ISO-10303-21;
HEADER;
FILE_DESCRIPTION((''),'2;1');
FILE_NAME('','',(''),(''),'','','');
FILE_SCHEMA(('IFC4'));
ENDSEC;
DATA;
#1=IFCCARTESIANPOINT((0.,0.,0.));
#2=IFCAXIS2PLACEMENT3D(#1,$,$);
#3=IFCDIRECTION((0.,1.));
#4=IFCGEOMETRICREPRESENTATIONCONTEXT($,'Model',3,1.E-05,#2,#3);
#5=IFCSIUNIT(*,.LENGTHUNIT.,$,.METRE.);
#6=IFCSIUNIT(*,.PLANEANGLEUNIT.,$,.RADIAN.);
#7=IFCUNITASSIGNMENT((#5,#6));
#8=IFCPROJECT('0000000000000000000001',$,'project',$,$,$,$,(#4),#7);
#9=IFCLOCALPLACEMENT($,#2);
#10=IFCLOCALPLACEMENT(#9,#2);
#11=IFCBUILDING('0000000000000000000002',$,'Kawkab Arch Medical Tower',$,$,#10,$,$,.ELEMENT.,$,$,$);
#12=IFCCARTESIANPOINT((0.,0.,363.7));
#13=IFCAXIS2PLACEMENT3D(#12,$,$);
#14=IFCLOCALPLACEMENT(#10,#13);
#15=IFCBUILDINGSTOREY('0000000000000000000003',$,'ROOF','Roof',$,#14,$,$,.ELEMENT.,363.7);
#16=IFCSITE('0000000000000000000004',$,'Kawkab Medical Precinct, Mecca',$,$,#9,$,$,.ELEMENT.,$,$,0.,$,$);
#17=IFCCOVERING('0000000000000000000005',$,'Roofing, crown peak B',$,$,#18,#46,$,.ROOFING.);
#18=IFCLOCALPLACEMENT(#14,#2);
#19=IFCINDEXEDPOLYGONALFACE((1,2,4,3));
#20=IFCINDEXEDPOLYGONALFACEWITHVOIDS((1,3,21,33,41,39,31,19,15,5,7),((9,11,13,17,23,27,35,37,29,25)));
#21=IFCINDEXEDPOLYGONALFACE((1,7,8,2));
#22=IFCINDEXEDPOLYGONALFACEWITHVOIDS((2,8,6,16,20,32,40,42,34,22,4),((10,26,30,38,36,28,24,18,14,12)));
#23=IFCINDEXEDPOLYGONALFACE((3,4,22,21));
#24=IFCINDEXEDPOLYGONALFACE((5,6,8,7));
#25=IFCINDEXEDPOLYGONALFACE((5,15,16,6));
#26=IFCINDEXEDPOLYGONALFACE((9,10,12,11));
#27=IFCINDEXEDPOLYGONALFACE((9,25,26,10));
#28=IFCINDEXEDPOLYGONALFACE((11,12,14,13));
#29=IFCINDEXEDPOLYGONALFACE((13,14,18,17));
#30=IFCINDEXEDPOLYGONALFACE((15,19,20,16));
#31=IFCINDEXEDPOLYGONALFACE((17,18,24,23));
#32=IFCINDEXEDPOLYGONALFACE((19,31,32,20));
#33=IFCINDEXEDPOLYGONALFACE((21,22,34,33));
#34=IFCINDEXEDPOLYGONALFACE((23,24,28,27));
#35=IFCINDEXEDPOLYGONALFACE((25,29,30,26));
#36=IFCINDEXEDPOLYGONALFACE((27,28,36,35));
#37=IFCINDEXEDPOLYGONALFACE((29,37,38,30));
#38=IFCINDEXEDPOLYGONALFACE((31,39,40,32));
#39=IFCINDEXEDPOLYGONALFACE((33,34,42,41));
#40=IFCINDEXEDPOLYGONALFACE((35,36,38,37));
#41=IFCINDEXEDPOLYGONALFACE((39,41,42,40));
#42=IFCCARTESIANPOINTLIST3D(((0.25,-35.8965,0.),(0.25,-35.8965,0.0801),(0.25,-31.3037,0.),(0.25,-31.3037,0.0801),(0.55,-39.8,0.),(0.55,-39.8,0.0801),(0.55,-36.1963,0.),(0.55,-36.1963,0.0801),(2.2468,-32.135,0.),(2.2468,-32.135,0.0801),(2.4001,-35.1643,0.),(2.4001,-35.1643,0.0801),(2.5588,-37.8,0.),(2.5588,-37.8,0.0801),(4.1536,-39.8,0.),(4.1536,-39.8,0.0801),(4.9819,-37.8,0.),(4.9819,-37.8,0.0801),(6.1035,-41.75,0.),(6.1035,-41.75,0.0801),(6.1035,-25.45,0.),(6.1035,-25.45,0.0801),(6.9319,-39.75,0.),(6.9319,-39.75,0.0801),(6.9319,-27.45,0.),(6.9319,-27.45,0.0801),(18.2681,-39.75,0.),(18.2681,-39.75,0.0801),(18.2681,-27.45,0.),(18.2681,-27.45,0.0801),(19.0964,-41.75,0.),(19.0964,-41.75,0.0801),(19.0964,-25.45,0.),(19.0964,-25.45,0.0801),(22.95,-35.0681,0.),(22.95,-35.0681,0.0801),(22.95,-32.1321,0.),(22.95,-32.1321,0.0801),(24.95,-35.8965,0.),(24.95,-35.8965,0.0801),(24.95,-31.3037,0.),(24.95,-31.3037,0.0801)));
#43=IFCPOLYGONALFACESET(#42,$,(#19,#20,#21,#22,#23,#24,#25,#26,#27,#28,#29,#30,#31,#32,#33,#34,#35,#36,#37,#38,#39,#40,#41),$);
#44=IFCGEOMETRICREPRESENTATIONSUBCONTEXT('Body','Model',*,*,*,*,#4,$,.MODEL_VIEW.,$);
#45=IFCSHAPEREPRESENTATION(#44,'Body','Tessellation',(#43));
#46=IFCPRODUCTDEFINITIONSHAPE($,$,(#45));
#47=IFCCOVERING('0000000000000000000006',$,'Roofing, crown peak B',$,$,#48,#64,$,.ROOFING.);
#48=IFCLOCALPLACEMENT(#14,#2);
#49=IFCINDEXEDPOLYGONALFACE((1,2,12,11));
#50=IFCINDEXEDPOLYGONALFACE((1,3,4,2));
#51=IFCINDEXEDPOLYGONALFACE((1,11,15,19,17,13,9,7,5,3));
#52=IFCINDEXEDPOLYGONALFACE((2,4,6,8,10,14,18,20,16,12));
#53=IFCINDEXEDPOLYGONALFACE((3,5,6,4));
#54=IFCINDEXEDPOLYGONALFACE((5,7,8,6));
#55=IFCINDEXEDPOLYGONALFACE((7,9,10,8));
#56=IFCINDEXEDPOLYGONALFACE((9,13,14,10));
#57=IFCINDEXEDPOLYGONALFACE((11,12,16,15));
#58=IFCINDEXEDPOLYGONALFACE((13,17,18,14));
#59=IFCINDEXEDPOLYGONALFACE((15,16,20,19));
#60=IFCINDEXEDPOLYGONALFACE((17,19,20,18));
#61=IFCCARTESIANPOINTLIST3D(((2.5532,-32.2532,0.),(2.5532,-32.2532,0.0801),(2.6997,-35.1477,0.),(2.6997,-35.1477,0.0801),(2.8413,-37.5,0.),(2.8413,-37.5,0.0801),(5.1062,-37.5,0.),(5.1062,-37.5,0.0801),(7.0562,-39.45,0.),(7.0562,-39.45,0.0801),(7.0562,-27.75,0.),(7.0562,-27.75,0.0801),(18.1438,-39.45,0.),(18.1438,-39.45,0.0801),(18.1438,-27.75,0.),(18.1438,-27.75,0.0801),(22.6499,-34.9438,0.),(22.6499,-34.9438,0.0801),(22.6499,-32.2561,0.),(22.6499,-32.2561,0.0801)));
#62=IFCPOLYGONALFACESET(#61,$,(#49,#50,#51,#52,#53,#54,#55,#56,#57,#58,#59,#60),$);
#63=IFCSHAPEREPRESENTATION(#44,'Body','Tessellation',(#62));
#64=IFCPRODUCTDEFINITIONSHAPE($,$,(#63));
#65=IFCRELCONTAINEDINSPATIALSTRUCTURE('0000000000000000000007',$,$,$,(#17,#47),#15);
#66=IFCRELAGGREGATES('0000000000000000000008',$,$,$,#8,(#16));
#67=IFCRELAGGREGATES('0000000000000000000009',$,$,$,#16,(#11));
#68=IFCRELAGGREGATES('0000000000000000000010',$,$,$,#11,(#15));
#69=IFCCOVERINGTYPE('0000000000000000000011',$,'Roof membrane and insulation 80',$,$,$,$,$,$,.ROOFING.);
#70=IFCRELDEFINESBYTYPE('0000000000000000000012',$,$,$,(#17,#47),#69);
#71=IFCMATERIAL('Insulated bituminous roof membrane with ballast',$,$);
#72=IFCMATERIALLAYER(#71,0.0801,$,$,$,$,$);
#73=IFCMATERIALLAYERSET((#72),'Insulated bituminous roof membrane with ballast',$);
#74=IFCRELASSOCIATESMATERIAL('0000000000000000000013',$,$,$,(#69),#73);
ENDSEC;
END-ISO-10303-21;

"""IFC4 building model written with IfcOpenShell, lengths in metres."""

from ifc_helpers import new_model, si_unit, direction, frame, origin, place, context, subcontext, project, spatial, polyline, outline, extrude, material, layer, layer_set, type_object, element, save


model = new_model("IFC4")

# Units and contexts
model_context = context("Model", 3, precision=1e-05, world=origin(), true_north=direction((0.0, 1.0)))
body_context = subcontext(model_context, "Body", "Model", "MODEL_VIEW")
ifc_project = project(units=[si_unit("LENGTHUNIT", "METRE"), si_unit("PLANEANGLEUNIT", "RADIAN")], contexts=[model_context])

# Site, building, storey
site_placement = place(None, origin())
site = spatial("IfcSite", under=ifc_project, at=site_placement, Name="Kawkab Medical Precinct, Mecca", CompositionType="ELEMENT", RefElevation=0.0)
building_placement = place(site_placement, origin())
building = spatial("IfcBuilding", under=site, at=building_placement, Name="Kawkab Arch Medical Tower", CompositionType="ELEMENT")
storey_placement = place(building_placement, frame((0.0, 0.0, 363.7)))
storey = spatial("IfcBuildingStorey", under=building, at=storey_placement, Name="ROOF", Description="Roof", CompositionType="ELEMENT", Elevation=363.7)

# Coverings
ifc_material = material(Name="Insulated bituminous roof membrane with ballast")
ifc_layer = layer(ifc_material, 0.0801)
ifc_layer_set = layer_set([ifc_layer], Name="Insulated bituminous roof membrane with ballast")
covering_type = type_object("IfcCoveringType", Name="Roof membrane and insulation 80", PredefinedType="ROOFING", material=ifc_layer_set)
placement = place(storey_placement, origin())
element("IfcCovering", 1, at=placement, inside=storey, type_object=covering_type, Name="Roofing, crown peak B", PredefinedType="ROOFING", context=body_context, shape_type="SweptSolid", body=[
    extrude(outline(polyline([(6.1035, -41.75), (19.0964, -41.75), (24.95, -35.8965), (24.95, -31.3037), (19.0964, -25.45), (6.1035, -25.45), (0.25, -31.3037), (0.25, -35.8965), (0.55, -36.1963), (0.55, -39.8), (4.1536, -39.8), (6.1035, -41.75)]), holes=[polyline([(2.4001, -35.1643), (2.2468, -32.135), (6.9319, -27.45), (18.2681, -27.45), (22.95, -32.1321), (22.95, -35.0681), (18.2681, -39.75), (6.9319, -39.75), (4.9819, -37.8), (2.5588, -37.8), (2.4001, -35.1643)])]), origin(), (0.0, 0.0, 1.0), 0.0801),
])
element("IfcCovering", 2, at=placement, inside=storey, type_object=covering_type, Name="Roofing, crown peak B", PredefinedType="ROOFING", context=body_context, shape_type="SweptSolid", body=[
    extrude(outline(polyline([(7.0562, -39.45), (18.1438, -39.45), (22.6499, -34.9438), (22.6499, -32.2561), (18.1438, -27.75), (7.0562, -27.75), (2.5532, -32.2532), (2.6997, -35.1477), (2.8413, -37.5), (5.1062, -37.5), (7.0562, -39.45)])), origin(), (0.0, 0.0, 1.0), 0.0801),
])

save(model, "model.ifc")
